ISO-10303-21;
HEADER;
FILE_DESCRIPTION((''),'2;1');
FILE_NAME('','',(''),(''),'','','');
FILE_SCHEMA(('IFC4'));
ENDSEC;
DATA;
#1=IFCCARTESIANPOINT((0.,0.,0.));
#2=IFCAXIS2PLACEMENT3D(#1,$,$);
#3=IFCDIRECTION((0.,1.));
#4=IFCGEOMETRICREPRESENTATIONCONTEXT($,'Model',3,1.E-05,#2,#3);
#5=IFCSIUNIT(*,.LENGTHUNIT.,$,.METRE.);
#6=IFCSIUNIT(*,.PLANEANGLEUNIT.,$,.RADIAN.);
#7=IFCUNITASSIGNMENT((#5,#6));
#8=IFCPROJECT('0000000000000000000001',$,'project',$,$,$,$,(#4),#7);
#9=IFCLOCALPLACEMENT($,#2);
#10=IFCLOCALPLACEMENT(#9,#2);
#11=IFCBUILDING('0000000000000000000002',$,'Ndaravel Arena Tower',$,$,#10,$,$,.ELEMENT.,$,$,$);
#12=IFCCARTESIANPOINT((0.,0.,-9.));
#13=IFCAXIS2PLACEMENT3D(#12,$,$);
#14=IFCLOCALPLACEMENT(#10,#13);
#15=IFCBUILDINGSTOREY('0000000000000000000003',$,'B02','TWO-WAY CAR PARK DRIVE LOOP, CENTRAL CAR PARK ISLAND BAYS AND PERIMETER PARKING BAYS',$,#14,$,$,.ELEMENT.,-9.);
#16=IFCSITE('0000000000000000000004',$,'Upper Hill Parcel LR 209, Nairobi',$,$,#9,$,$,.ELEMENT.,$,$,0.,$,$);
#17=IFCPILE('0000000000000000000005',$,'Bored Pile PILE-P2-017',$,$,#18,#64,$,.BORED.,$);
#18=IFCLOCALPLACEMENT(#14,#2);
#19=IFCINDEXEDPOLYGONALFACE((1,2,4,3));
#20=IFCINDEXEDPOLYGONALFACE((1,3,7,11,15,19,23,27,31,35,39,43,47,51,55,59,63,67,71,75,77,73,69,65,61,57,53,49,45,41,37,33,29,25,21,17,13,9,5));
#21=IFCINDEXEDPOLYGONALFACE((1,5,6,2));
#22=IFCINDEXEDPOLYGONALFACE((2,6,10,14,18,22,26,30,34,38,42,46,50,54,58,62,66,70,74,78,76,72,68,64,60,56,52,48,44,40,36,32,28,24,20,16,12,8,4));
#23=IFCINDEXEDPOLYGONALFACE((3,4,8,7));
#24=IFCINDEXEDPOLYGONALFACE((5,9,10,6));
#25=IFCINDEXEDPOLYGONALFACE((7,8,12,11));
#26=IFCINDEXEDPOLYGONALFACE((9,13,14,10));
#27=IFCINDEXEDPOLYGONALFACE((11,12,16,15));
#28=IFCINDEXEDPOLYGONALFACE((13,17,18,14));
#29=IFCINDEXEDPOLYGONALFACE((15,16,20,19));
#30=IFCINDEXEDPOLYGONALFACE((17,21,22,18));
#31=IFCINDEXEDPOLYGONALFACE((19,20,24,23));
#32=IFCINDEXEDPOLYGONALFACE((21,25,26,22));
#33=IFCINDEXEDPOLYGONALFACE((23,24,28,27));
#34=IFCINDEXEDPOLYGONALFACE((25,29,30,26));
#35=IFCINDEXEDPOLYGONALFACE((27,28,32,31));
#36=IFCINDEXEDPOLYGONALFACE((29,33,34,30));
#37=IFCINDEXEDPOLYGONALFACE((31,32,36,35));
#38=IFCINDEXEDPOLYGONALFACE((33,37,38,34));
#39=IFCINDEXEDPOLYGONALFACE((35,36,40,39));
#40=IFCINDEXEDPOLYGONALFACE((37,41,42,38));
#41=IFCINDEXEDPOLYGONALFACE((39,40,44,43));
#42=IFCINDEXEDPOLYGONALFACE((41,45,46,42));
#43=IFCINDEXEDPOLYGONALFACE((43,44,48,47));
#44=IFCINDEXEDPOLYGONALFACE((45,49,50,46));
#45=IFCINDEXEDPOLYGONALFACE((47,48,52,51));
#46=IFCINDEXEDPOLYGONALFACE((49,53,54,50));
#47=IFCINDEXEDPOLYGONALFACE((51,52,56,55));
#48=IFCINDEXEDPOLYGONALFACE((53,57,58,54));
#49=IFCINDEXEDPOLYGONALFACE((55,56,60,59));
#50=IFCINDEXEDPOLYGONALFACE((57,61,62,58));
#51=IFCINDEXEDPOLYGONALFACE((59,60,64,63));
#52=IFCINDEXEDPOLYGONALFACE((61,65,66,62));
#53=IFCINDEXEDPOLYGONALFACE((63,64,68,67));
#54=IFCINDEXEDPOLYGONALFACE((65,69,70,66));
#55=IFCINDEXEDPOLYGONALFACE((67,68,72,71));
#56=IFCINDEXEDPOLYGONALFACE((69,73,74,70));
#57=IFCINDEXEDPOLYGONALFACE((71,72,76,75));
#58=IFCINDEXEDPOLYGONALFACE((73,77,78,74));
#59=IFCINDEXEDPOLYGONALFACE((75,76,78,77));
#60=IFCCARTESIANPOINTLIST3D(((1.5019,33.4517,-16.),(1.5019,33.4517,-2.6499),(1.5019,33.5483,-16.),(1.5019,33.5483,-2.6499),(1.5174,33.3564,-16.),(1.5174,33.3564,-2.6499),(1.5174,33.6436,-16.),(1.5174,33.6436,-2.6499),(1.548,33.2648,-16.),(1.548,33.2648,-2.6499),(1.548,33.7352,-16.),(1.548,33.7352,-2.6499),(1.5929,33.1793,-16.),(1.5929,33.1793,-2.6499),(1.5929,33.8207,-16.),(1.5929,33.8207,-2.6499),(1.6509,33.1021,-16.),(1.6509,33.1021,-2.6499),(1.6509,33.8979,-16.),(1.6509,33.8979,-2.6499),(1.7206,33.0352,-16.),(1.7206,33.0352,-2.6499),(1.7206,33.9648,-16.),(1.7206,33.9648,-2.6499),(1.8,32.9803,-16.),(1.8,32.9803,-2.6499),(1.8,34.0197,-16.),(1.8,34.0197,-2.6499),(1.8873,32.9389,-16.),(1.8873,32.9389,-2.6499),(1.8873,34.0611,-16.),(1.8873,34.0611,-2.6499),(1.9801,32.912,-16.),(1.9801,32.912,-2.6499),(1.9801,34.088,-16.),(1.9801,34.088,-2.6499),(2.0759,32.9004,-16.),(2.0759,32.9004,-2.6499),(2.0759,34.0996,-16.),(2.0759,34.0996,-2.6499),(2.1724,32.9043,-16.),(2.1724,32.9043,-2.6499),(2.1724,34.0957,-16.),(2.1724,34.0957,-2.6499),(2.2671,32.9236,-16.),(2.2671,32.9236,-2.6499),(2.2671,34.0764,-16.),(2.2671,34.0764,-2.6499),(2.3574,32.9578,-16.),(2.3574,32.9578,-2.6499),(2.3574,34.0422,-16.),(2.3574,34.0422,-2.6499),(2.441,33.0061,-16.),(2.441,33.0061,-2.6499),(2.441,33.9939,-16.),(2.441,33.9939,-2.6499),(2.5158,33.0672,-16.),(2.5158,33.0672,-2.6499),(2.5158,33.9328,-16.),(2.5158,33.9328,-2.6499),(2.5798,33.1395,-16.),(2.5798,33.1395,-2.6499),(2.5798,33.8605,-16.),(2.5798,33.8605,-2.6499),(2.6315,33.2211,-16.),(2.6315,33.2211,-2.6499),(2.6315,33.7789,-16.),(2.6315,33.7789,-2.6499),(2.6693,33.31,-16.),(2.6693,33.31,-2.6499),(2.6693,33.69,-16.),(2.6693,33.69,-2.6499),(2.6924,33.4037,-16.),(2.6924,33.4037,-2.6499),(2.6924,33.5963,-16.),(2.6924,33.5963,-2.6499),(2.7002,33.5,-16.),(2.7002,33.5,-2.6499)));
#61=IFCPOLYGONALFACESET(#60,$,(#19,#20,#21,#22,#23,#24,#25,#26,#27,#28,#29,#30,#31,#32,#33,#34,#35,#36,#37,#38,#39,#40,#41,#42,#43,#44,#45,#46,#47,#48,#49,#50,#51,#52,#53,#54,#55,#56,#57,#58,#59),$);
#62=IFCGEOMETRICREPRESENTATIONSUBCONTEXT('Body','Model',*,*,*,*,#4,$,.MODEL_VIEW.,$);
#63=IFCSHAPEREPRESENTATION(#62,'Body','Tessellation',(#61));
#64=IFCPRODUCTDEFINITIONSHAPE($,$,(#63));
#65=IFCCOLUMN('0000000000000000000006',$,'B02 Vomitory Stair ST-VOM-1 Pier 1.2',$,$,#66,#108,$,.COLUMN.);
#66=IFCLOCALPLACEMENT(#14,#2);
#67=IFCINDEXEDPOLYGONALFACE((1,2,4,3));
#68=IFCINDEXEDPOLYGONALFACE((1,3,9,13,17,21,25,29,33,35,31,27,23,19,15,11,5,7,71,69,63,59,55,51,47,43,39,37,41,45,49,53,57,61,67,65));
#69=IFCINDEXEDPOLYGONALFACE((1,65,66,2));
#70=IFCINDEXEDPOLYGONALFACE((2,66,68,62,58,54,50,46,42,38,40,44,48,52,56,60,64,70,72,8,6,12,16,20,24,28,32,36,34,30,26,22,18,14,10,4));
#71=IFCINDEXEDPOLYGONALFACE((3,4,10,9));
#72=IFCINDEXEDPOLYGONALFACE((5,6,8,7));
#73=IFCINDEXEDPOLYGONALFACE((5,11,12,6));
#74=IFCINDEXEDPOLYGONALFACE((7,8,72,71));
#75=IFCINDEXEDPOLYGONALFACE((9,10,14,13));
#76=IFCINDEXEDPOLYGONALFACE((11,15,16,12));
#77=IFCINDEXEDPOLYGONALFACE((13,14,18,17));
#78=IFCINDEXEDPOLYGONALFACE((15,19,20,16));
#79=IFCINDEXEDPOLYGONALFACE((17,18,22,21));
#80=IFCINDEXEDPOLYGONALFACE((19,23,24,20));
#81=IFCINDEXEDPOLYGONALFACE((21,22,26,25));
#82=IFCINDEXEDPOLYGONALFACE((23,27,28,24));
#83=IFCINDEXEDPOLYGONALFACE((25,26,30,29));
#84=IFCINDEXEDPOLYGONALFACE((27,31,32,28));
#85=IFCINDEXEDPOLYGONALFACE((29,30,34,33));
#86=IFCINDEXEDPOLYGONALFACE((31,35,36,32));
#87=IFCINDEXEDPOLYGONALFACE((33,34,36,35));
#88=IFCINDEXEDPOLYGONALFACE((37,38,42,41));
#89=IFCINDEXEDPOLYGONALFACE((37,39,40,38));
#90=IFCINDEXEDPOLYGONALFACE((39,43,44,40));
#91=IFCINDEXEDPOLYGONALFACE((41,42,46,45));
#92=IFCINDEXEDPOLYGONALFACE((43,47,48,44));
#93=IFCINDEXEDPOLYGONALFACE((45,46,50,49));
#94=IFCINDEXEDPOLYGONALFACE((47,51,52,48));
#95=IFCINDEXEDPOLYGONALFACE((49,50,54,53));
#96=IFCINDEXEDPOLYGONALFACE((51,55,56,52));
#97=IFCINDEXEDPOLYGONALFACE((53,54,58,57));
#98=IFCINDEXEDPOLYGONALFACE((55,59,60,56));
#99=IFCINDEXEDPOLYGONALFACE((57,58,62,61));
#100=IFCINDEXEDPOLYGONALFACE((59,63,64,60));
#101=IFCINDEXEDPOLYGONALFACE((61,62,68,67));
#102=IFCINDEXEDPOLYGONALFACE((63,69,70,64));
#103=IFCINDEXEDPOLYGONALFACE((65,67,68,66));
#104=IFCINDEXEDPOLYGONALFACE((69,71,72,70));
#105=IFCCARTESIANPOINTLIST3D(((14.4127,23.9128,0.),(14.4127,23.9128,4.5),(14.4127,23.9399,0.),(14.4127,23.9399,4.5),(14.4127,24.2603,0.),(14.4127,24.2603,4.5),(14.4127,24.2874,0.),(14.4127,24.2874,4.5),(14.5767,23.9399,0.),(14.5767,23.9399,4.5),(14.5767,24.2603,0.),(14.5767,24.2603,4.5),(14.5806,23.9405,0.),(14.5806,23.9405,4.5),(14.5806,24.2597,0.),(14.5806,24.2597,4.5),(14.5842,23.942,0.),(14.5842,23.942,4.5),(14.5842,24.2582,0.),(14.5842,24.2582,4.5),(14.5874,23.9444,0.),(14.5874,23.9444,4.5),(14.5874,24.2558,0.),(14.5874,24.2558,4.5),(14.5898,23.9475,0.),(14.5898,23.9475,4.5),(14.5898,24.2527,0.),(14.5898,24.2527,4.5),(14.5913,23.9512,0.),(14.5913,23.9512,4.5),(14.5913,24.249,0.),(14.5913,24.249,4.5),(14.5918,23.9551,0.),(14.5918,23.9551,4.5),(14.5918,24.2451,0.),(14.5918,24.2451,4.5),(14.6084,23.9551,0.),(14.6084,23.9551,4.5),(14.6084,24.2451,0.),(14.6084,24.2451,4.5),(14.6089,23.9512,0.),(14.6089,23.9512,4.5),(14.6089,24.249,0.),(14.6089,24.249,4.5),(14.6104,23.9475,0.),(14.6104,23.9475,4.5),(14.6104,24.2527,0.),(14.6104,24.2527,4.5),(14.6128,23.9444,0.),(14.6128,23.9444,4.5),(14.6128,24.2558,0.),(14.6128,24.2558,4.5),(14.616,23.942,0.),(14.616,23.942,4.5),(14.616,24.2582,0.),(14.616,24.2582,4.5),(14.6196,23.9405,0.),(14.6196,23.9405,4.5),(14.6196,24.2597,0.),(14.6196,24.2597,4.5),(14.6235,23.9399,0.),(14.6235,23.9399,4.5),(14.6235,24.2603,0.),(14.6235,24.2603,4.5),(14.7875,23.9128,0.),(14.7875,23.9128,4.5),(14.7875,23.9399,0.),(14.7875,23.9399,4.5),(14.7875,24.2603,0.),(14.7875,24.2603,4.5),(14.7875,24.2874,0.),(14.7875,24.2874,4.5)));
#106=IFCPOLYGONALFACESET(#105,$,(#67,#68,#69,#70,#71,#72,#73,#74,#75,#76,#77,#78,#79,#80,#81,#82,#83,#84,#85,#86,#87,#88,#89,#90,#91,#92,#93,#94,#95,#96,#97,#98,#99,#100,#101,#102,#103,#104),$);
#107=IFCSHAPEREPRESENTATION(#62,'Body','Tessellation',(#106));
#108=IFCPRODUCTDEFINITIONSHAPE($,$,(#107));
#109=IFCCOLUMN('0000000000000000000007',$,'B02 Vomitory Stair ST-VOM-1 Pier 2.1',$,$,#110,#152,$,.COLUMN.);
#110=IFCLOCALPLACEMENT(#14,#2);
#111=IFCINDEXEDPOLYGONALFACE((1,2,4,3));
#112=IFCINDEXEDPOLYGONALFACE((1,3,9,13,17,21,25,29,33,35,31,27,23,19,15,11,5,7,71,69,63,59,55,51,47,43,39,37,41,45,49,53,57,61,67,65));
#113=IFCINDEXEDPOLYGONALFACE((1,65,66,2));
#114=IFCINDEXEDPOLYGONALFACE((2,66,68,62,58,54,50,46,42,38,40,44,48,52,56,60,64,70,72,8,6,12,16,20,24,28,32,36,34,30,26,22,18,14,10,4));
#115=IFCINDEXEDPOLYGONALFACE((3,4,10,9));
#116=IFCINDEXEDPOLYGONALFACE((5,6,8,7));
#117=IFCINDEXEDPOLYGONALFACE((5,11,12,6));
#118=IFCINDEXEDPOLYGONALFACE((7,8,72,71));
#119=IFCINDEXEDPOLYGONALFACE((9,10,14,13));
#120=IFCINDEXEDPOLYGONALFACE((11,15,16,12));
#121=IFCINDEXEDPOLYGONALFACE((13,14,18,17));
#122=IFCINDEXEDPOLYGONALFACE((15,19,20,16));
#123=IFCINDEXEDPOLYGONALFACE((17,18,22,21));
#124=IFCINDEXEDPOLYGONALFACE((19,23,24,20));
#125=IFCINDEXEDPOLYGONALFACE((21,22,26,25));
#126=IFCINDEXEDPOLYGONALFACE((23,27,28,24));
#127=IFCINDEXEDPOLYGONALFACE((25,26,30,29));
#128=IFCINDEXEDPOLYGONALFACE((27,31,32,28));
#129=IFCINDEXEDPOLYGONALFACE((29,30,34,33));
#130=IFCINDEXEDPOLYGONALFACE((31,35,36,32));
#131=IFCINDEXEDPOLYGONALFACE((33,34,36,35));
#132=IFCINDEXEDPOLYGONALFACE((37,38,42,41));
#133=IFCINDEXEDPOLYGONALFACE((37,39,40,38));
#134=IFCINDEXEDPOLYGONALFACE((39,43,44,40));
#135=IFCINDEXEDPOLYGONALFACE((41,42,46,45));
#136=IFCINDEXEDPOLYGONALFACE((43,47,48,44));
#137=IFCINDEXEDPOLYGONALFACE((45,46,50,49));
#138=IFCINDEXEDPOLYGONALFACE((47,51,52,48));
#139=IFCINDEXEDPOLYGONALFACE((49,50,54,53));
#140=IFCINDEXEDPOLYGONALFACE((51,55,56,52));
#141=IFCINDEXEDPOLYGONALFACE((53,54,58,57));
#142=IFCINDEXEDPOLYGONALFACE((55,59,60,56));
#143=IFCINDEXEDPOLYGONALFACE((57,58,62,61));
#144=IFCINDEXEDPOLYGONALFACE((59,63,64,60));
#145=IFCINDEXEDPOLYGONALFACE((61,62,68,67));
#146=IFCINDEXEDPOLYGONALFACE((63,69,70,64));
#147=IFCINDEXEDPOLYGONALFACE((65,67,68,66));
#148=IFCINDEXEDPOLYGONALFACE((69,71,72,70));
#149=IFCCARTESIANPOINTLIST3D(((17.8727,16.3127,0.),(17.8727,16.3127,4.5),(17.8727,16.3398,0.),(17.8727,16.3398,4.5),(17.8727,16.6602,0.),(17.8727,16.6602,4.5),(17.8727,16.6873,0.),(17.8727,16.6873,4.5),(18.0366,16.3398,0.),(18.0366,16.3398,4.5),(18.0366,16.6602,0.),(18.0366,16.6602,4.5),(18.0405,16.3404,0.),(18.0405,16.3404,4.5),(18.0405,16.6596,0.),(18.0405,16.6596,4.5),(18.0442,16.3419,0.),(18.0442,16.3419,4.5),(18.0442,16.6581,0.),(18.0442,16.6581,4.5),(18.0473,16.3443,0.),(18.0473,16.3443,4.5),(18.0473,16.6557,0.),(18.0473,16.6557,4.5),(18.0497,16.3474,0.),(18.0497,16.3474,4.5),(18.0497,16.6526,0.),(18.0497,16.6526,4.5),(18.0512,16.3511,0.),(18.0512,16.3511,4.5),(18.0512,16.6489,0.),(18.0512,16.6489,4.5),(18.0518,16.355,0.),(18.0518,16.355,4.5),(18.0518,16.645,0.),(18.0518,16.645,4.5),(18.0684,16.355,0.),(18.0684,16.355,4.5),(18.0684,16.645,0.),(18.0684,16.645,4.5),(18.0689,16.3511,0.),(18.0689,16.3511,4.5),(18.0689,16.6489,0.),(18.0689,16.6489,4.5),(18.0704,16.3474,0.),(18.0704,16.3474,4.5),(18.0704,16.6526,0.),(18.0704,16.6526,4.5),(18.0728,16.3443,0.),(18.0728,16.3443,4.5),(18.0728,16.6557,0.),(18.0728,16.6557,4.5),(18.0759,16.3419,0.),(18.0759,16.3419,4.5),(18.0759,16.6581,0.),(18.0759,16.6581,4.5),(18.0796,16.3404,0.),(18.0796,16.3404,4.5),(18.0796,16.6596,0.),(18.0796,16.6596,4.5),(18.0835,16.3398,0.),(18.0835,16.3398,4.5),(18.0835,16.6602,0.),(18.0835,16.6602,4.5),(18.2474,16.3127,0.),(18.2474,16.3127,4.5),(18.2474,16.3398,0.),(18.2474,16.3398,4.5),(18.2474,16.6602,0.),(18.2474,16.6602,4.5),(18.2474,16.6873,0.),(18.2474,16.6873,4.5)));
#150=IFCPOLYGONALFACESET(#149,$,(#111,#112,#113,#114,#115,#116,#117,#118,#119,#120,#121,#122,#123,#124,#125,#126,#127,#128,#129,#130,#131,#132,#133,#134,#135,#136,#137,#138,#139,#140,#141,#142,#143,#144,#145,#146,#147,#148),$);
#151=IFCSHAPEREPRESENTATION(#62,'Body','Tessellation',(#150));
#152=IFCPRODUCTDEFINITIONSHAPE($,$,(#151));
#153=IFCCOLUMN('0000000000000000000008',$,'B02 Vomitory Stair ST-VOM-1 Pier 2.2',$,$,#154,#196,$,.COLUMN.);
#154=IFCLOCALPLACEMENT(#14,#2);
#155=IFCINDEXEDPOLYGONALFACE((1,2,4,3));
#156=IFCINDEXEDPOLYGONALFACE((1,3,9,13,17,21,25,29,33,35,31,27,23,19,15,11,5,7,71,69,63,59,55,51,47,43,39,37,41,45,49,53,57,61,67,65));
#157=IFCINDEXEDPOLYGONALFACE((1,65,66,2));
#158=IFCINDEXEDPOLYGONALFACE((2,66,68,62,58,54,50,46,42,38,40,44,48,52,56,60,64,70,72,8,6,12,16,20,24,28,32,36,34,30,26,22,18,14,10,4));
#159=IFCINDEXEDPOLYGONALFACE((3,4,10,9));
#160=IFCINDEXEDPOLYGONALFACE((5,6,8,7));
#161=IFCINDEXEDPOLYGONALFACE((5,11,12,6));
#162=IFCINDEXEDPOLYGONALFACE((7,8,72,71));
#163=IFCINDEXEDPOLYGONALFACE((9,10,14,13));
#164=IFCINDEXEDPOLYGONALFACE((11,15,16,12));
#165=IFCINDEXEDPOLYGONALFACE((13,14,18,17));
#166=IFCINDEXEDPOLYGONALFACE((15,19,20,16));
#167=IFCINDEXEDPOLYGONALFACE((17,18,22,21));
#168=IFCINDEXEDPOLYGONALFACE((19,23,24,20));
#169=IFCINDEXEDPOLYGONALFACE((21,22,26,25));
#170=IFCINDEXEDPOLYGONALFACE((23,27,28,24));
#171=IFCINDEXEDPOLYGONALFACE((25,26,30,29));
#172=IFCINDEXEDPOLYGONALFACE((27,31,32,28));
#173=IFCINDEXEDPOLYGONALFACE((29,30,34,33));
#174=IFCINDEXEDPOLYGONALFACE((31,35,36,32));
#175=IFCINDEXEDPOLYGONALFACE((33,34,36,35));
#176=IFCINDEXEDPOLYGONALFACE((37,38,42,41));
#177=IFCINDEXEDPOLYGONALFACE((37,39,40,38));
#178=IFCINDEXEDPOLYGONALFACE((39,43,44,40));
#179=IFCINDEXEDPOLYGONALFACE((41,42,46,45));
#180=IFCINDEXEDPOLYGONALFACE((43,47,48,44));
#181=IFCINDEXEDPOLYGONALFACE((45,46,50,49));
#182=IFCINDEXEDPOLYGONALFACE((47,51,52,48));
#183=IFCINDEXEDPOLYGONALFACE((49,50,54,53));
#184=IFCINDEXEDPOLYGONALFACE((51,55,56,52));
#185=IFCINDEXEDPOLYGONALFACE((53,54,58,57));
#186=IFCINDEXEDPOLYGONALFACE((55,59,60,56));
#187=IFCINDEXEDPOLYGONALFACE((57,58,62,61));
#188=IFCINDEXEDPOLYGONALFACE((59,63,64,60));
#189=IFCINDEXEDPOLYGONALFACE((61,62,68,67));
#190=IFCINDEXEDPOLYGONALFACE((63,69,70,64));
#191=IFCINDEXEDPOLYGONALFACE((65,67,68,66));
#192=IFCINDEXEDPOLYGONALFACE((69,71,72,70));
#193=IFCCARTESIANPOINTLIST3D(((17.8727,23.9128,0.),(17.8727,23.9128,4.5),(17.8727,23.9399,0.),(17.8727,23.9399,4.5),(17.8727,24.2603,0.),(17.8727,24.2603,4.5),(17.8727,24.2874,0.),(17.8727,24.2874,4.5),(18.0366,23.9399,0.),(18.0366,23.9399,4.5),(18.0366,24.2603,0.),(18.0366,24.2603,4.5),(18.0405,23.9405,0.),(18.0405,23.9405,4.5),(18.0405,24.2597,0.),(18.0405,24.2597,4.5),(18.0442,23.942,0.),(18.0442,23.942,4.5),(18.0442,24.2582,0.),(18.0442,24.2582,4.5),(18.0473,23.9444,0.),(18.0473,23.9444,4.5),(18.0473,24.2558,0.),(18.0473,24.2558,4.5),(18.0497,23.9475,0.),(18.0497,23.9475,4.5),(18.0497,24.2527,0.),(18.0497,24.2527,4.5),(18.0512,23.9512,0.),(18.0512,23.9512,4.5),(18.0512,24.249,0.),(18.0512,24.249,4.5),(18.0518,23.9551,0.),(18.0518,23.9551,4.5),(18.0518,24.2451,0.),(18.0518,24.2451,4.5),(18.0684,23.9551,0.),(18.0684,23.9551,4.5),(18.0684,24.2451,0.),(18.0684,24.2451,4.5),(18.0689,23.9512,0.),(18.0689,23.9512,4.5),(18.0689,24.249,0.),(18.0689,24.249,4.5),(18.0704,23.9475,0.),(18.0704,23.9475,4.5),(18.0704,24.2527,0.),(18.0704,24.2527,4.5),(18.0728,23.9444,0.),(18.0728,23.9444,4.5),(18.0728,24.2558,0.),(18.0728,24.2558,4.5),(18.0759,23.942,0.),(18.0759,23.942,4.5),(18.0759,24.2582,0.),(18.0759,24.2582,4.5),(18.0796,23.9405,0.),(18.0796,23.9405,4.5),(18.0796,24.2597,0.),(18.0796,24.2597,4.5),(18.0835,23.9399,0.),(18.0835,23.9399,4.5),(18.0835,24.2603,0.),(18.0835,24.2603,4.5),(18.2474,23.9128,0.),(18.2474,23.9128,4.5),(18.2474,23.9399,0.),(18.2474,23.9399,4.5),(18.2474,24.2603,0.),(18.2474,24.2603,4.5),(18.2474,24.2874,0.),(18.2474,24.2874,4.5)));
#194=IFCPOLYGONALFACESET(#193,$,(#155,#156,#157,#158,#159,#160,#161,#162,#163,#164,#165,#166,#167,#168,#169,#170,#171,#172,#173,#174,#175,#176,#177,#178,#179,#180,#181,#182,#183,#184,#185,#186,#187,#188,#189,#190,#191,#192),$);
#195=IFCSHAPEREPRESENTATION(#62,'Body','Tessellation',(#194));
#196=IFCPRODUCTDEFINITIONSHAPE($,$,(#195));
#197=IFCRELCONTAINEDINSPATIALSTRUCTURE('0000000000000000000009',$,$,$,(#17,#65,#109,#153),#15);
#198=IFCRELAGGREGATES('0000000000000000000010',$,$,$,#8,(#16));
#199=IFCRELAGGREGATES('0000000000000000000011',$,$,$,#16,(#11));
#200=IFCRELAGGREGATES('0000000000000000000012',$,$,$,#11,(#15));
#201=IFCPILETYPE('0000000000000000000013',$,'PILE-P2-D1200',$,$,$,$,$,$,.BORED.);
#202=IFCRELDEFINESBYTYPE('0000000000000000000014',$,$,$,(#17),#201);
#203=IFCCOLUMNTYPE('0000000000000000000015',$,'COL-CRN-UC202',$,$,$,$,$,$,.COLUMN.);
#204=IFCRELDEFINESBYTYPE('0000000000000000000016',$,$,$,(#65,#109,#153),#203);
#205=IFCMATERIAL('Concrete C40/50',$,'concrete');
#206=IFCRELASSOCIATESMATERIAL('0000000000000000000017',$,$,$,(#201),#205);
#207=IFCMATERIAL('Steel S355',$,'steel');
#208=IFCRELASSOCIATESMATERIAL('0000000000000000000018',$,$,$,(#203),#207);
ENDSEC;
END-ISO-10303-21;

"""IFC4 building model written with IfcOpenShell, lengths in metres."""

from ifc_helpers import new_model, si_unit, direction, frame, origin, origin_2d, place, context, subcontext, project, spatial, circle, i_section, extrude, material, material_profile, profile_set, type_object, element, save


model = new_model("IFC4")

# Units and contexts
model_context = context("Model", 3, precision=1e-05, world=origin(), true_north=direction((0.0, 1.0)))
body_context = subcontext(model_context, "Body", "Model", "MODEL_VIEW")
ifc_project = project(units=[si_unit("LENGTHUNIT", "METRE"), si_unit("PLANEANGLEUNIT", "RADIAN")], contexts=[model_context])

# Site, building, storey
site_placement = place(None, origin())
site = spatial("IfcSite", under=ifc_project, at=site_placement, Name="Upper Hill Parcel LR 209, Nairobi", CompositionType="ELEMENT", RefElevation=0.0)
building_placement = place(site_placement, origin())
building = spatial("IfcBuilding", under=site, at=building_placement, Name="Ndaravel Arena Tower", CompositionType="ELEMENT")
storey_placement = place(building_placement, frame((0.0, 0.0, -9.0)))
storey = spatial("IfcBuildingStorey", under=building, at=storey_placement, Name="B02", Description="TWO-WAY CAR PARK DRIVE LOOP, CENTRAL CAR PARK ISLAND BAYS AND PERIMETER PARKING BAYS", CompositionType="ELEMENT", Elevation=-9.0)

# Pile
ifc_material_1 = material(Name="Concrete C40/50", Category="concrete")
ifc_material_profile_1 = material_profile(ifc_material_1, circle(Radius=0.6001, at=origin_2d()), Name="BORED PILE D1200")
ifc_profile_set_1 = profile_set([ifc_material_profile_1], Name="Concrete C40/50")
pile_type_1 = type_object("IfcPileType", Name="PILE-P2-D1200", PredefinedType="BORED", material=ifc_profile_set_1)
for number, where, z_axis, x_axis, name in (
    (1, (2.1001, 33.5, -2.6499), (0.0, 0.0, -1.0), (1.0, 0.0, 0.0), "Bored Pile PILE-P2-017"),
):
    element("IfcPile", number, at=place(storey_placement, frame(where, z_axis=z_axis, x_axis=x_axis)), inside=storey, type_object=pile_type_1, Name=name, PredefinedType="BORED", context=body_context, shape_type="SweptSolid", body=[
        extrude(circle(Radius=0.6001, at=origin_2d()), origin(), (0.0, 0.0, 1.0), 13.3501),
    ])

# Columns
ifc_material_2 = material(Name="Steel S355", Category="steel")
ifc_material_profile_2 = material_profile(ifc_material_2, i_section(OverallWidth=0.3748, OverallDepth=0.3745, WebThickness=0.0166, FlangeThickness=0.0271, FilletRadius=0.0151, at=origin_2d()), Name="UC 356x368x202")
ifc_profile_set_2 = profile_set([ifc_material_profile_2], Name="Steel S355")
column_type_1 = type_object("IfcColumnType", Name="COL-CRN-UC202", PredefinedType="COLUMN", material=ifc_profile_set_2)
for number, where, z_axis, x_axis, name in (
    (2, (14.6001, 24.1001, 0.0), (0.0, 0.0, 1.0), (1.0, 0.0, 0.0), "B02 Vomitory Stair ST-VOM-1 Pier 1.2"),
    (3, (18.0601, 16.5, 0.0), (0.0, 0.0, 1.0), (1.0, 0.0, 0.0), "B02 Vomitory Stair ST-VOM-1 Pier 2.1"),
    (4, (18.0601, 24.1001, 0.0), (0.0, 0.0, 1.0), (1.0, 0.0, 0.0), "B02 Vomitory Stair ST-VOM-1 Pier 2.2"),
):
    element("IfcColumn", number, at=place(storey_placement, frame(where, z_axis=z_axis, x_axis=x_axis)), inside=storey, type_object=column_type_1, Name=name, PredefinedType="COLUMN", context=body_context, shape_type="SweptSolid", body=[
        extrude(i_section(OverallWidth=0.3748, OverallDepth=0.3745, WebThickness=0.0166, FlangeThickness=0.0271, FilletRadius=0.0151, at=origin_2d()), origin(), (0.0, 0.0, 1.0), 4.5),
    ])

save(model, "model.ifc")
